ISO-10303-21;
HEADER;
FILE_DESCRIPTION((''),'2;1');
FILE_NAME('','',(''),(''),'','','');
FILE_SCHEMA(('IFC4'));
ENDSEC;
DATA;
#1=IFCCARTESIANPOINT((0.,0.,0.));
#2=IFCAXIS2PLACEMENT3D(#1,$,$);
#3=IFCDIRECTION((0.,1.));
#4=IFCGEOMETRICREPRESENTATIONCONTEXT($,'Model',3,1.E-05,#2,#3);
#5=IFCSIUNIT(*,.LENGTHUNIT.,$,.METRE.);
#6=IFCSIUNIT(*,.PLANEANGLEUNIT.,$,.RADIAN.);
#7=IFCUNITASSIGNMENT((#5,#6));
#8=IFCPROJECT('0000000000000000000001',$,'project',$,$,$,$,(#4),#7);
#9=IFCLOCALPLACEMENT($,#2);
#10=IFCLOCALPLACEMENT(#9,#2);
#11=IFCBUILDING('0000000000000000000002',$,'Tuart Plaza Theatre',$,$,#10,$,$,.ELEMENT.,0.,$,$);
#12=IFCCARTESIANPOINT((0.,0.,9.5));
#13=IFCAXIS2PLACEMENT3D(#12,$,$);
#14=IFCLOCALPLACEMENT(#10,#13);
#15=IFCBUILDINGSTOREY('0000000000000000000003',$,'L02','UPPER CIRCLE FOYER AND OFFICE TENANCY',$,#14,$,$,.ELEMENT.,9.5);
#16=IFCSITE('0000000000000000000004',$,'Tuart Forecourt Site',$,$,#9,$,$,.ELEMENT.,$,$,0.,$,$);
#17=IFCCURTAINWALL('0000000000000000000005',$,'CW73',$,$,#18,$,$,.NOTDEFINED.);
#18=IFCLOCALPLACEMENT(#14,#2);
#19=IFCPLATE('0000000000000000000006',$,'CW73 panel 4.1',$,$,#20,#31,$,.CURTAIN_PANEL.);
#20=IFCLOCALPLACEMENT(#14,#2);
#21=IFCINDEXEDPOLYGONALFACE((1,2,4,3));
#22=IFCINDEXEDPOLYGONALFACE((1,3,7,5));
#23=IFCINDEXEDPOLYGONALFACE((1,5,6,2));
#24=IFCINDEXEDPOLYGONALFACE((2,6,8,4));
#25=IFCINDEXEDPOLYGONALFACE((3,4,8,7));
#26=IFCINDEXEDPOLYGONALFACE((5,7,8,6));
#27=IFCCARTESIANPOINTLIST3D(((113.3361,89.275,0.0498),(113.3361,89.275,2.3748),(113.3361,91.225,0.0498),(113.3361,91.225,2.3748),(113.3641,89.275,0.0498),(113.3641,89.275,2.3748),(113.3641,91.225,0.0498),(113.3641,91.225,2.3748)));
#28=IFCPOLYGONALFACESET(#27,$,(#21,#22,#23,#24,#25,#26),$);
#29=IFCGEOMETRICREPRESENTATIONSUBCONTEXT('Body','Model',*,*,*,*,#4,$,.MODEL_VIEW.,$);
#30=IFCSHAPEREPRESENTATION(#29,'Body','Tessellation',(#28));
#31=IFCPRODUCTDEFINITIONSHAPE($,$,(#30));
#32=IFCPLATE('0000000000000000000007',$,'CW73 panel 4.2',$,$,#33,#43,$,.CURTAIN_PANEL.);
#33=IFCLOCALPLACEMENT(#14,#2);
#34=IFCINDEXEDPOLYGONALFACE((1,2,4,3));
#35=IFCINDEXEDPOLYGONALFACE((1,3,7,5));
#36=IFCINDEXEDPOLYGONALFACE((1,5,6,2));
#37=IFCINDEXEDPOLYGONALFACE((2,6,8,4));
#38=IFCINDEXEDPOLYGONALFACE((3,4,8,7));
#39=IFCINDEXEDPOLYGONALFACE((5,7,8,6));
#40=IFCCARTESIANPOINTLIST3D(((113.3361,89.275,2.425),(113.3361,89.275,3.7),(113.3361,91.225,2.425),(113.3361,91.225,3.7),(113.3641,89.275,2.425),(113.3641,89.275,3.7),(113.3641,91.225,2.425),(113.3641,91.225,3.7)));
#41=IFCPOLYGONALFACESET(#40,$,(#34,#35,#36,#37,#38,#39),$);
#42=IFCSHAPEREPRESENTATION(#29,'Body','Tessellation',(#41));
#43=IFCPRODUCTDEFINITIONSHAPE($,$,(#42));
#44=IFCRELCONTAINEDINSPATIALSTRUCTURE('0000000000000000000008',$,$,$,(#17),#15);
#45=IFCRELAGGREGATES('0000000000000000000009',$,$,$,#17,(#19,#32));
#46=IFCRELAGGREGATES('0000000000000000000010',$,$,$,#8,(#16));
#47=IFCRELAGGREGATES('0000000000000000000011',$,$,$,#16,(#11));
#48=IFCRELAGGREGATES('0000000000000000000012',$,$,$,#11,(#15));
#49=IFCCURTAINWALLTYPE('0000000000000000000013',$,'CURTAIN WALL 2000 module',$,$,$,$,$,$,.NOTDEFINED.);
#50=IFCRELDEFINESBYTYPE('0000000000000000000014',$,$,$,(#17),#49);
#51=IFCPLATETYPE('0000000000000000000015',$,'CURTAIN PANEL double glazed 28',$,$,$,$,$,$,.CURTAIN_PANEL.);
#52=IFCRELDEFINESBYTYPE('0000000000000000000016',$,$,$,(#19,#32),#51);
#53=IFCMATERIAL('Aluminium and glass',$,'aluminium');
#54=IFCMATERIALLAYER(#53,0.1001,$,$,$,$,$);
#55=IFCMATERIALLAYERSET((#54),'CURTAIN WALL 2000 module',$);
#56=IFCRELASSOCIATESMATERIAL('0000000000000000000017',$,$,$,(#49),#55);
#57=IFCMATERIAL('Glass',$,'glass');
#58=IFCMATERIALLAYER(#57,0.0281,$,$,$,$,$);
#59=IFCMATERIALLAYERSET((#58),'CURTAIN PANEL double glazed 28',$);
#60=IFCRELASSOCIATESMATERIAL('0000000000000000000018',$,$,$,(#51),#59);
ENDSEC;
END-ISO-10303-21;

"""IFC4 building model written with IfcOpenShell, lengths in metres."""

from ifc_helpers import new_model, si_unit, direction, frame, origin, origin_2d, place, context, subcontext, project, spatial, rectangle, extrude, material, layer, layer_set, type_object, element, aggregate, save


model = new_model("IFC4")

# Units and contexts
model_context = context("Model", 3, precision=1e-05, world=origin(), true_north=direction((0.0, 1.0)))
body_context = subcontext(model_context, "Body", "Model", "MODEL_VIEW")
ifc_project = project(units=[si_unit("LENGTHUNIT", "METRE"), si_unit("PLANEANGLEUNIT", "RADIAN")], contexts=[model_context])

# Site, building, storey
site_placement = place(None, origin())
site = spatial("IfcSite", under=ifc_project, at=site_placement, Name="Tuart Forecourt Site", CompositionType="ELEMENT", RefElevation=0.0)
building_placement = place(site_placement, origin())
building = spatial("IfcBuilding", under=site, at=building_placement, Name="Tuart Plaza Theatre", CompositionType="ELEMENT", ElevationOfRefHeight=0.0)
storey_placement = place(building_placement, frame((0.0, 0.0, 9.5)))
storey = spatial("IfcBuildingStorey", under=building, at=storey_placement, Name="L02", Description="UPPER CIRCLE FOYER AND OFFICE TENANCY", CompositionType="ELEMENT", Elevation=9.5)

# Curtain wall, plates
ifc_material_1 = material(Name="Aluminium and glass", Category="aluminium")
ifc_layer_1 = layer(ifc_material_1, 0.1001)
ifc_layer_set_1 = layer_set([ifc_layer_1], Name="CURTAIN WALL 2000 module")
curtain_wall_type = type_object("IfcCurtainWallType", Name="CURTAIN WALL 2000 module", PredefinedType="NOTDEFINED", material=ifc_layer_set_1)
curtain_wall_placement = place(storey_placement, origin())
curtain_wall = element("IfcCurtainWall", 1, at=curtain_wall_placement, inside=storey, type_object=curtain_wall_type, Name="CW73", PredefinedType="NOTDEFINED")
ifc_material_2 = material(Name="Glass", Category="glass")
ifc_layer_2 = layer(ifc_material_2, 0.0281)
ifc_layer_set_2 = layer_set([ifc_layer_2], Name="CURTAIN PANEL double glazed 28")
plate_type = type_object("IfcPlateType", Name="CURTAIN PANEL double glazed 28", PredefinedType="CURTAIN_PANEL", material=ifc_layer_set_2)
plate_1_placement = place(storey_placement, frame((113.3501, 90.25, 0.0498), z_axis=(0.0, 0.0, 1.0), x_axis=(0.0, -1.0, 0.0)))
plate_1 = element("IfcPlate", 2, at=plate_1_placement, type_object=plate_type, Name="CW73 panel 4.1", PredefinedType="CURTAIN_PANEL", context=body_context, shape_type="SweptSolid", body=[
    extrude(rectangle(XDim=1.95, YDim=0.0281, at=origin_2d()), origin(), (0.0, 0.0, 1.0), 2.325),
])
plate_2_placement = place(storey_placement, frame((113.3501, 90.25, 2.425), z_axis=(0.0, 0.0, 1.0), x_axis=(0.0, -1.0, 0.0)))
plate_2 = element("IfcPlate", 3, at=plate_2_placement, type_object=plate_type, Name="CW73 panel 4.2", PredefinedType="CURTAIN_PANEL", context=body_context, shape_type="SweptSolid", body=[
    extrude(rectangle(XDim=1.95, YDim=0.0281, at=origin_2d()), origin(), (0.0, 0.0, 1.0), 1.2749),
])
aggregate(curtain_wall, [plate_1, plate_2])

save(model, "model.ifc")
